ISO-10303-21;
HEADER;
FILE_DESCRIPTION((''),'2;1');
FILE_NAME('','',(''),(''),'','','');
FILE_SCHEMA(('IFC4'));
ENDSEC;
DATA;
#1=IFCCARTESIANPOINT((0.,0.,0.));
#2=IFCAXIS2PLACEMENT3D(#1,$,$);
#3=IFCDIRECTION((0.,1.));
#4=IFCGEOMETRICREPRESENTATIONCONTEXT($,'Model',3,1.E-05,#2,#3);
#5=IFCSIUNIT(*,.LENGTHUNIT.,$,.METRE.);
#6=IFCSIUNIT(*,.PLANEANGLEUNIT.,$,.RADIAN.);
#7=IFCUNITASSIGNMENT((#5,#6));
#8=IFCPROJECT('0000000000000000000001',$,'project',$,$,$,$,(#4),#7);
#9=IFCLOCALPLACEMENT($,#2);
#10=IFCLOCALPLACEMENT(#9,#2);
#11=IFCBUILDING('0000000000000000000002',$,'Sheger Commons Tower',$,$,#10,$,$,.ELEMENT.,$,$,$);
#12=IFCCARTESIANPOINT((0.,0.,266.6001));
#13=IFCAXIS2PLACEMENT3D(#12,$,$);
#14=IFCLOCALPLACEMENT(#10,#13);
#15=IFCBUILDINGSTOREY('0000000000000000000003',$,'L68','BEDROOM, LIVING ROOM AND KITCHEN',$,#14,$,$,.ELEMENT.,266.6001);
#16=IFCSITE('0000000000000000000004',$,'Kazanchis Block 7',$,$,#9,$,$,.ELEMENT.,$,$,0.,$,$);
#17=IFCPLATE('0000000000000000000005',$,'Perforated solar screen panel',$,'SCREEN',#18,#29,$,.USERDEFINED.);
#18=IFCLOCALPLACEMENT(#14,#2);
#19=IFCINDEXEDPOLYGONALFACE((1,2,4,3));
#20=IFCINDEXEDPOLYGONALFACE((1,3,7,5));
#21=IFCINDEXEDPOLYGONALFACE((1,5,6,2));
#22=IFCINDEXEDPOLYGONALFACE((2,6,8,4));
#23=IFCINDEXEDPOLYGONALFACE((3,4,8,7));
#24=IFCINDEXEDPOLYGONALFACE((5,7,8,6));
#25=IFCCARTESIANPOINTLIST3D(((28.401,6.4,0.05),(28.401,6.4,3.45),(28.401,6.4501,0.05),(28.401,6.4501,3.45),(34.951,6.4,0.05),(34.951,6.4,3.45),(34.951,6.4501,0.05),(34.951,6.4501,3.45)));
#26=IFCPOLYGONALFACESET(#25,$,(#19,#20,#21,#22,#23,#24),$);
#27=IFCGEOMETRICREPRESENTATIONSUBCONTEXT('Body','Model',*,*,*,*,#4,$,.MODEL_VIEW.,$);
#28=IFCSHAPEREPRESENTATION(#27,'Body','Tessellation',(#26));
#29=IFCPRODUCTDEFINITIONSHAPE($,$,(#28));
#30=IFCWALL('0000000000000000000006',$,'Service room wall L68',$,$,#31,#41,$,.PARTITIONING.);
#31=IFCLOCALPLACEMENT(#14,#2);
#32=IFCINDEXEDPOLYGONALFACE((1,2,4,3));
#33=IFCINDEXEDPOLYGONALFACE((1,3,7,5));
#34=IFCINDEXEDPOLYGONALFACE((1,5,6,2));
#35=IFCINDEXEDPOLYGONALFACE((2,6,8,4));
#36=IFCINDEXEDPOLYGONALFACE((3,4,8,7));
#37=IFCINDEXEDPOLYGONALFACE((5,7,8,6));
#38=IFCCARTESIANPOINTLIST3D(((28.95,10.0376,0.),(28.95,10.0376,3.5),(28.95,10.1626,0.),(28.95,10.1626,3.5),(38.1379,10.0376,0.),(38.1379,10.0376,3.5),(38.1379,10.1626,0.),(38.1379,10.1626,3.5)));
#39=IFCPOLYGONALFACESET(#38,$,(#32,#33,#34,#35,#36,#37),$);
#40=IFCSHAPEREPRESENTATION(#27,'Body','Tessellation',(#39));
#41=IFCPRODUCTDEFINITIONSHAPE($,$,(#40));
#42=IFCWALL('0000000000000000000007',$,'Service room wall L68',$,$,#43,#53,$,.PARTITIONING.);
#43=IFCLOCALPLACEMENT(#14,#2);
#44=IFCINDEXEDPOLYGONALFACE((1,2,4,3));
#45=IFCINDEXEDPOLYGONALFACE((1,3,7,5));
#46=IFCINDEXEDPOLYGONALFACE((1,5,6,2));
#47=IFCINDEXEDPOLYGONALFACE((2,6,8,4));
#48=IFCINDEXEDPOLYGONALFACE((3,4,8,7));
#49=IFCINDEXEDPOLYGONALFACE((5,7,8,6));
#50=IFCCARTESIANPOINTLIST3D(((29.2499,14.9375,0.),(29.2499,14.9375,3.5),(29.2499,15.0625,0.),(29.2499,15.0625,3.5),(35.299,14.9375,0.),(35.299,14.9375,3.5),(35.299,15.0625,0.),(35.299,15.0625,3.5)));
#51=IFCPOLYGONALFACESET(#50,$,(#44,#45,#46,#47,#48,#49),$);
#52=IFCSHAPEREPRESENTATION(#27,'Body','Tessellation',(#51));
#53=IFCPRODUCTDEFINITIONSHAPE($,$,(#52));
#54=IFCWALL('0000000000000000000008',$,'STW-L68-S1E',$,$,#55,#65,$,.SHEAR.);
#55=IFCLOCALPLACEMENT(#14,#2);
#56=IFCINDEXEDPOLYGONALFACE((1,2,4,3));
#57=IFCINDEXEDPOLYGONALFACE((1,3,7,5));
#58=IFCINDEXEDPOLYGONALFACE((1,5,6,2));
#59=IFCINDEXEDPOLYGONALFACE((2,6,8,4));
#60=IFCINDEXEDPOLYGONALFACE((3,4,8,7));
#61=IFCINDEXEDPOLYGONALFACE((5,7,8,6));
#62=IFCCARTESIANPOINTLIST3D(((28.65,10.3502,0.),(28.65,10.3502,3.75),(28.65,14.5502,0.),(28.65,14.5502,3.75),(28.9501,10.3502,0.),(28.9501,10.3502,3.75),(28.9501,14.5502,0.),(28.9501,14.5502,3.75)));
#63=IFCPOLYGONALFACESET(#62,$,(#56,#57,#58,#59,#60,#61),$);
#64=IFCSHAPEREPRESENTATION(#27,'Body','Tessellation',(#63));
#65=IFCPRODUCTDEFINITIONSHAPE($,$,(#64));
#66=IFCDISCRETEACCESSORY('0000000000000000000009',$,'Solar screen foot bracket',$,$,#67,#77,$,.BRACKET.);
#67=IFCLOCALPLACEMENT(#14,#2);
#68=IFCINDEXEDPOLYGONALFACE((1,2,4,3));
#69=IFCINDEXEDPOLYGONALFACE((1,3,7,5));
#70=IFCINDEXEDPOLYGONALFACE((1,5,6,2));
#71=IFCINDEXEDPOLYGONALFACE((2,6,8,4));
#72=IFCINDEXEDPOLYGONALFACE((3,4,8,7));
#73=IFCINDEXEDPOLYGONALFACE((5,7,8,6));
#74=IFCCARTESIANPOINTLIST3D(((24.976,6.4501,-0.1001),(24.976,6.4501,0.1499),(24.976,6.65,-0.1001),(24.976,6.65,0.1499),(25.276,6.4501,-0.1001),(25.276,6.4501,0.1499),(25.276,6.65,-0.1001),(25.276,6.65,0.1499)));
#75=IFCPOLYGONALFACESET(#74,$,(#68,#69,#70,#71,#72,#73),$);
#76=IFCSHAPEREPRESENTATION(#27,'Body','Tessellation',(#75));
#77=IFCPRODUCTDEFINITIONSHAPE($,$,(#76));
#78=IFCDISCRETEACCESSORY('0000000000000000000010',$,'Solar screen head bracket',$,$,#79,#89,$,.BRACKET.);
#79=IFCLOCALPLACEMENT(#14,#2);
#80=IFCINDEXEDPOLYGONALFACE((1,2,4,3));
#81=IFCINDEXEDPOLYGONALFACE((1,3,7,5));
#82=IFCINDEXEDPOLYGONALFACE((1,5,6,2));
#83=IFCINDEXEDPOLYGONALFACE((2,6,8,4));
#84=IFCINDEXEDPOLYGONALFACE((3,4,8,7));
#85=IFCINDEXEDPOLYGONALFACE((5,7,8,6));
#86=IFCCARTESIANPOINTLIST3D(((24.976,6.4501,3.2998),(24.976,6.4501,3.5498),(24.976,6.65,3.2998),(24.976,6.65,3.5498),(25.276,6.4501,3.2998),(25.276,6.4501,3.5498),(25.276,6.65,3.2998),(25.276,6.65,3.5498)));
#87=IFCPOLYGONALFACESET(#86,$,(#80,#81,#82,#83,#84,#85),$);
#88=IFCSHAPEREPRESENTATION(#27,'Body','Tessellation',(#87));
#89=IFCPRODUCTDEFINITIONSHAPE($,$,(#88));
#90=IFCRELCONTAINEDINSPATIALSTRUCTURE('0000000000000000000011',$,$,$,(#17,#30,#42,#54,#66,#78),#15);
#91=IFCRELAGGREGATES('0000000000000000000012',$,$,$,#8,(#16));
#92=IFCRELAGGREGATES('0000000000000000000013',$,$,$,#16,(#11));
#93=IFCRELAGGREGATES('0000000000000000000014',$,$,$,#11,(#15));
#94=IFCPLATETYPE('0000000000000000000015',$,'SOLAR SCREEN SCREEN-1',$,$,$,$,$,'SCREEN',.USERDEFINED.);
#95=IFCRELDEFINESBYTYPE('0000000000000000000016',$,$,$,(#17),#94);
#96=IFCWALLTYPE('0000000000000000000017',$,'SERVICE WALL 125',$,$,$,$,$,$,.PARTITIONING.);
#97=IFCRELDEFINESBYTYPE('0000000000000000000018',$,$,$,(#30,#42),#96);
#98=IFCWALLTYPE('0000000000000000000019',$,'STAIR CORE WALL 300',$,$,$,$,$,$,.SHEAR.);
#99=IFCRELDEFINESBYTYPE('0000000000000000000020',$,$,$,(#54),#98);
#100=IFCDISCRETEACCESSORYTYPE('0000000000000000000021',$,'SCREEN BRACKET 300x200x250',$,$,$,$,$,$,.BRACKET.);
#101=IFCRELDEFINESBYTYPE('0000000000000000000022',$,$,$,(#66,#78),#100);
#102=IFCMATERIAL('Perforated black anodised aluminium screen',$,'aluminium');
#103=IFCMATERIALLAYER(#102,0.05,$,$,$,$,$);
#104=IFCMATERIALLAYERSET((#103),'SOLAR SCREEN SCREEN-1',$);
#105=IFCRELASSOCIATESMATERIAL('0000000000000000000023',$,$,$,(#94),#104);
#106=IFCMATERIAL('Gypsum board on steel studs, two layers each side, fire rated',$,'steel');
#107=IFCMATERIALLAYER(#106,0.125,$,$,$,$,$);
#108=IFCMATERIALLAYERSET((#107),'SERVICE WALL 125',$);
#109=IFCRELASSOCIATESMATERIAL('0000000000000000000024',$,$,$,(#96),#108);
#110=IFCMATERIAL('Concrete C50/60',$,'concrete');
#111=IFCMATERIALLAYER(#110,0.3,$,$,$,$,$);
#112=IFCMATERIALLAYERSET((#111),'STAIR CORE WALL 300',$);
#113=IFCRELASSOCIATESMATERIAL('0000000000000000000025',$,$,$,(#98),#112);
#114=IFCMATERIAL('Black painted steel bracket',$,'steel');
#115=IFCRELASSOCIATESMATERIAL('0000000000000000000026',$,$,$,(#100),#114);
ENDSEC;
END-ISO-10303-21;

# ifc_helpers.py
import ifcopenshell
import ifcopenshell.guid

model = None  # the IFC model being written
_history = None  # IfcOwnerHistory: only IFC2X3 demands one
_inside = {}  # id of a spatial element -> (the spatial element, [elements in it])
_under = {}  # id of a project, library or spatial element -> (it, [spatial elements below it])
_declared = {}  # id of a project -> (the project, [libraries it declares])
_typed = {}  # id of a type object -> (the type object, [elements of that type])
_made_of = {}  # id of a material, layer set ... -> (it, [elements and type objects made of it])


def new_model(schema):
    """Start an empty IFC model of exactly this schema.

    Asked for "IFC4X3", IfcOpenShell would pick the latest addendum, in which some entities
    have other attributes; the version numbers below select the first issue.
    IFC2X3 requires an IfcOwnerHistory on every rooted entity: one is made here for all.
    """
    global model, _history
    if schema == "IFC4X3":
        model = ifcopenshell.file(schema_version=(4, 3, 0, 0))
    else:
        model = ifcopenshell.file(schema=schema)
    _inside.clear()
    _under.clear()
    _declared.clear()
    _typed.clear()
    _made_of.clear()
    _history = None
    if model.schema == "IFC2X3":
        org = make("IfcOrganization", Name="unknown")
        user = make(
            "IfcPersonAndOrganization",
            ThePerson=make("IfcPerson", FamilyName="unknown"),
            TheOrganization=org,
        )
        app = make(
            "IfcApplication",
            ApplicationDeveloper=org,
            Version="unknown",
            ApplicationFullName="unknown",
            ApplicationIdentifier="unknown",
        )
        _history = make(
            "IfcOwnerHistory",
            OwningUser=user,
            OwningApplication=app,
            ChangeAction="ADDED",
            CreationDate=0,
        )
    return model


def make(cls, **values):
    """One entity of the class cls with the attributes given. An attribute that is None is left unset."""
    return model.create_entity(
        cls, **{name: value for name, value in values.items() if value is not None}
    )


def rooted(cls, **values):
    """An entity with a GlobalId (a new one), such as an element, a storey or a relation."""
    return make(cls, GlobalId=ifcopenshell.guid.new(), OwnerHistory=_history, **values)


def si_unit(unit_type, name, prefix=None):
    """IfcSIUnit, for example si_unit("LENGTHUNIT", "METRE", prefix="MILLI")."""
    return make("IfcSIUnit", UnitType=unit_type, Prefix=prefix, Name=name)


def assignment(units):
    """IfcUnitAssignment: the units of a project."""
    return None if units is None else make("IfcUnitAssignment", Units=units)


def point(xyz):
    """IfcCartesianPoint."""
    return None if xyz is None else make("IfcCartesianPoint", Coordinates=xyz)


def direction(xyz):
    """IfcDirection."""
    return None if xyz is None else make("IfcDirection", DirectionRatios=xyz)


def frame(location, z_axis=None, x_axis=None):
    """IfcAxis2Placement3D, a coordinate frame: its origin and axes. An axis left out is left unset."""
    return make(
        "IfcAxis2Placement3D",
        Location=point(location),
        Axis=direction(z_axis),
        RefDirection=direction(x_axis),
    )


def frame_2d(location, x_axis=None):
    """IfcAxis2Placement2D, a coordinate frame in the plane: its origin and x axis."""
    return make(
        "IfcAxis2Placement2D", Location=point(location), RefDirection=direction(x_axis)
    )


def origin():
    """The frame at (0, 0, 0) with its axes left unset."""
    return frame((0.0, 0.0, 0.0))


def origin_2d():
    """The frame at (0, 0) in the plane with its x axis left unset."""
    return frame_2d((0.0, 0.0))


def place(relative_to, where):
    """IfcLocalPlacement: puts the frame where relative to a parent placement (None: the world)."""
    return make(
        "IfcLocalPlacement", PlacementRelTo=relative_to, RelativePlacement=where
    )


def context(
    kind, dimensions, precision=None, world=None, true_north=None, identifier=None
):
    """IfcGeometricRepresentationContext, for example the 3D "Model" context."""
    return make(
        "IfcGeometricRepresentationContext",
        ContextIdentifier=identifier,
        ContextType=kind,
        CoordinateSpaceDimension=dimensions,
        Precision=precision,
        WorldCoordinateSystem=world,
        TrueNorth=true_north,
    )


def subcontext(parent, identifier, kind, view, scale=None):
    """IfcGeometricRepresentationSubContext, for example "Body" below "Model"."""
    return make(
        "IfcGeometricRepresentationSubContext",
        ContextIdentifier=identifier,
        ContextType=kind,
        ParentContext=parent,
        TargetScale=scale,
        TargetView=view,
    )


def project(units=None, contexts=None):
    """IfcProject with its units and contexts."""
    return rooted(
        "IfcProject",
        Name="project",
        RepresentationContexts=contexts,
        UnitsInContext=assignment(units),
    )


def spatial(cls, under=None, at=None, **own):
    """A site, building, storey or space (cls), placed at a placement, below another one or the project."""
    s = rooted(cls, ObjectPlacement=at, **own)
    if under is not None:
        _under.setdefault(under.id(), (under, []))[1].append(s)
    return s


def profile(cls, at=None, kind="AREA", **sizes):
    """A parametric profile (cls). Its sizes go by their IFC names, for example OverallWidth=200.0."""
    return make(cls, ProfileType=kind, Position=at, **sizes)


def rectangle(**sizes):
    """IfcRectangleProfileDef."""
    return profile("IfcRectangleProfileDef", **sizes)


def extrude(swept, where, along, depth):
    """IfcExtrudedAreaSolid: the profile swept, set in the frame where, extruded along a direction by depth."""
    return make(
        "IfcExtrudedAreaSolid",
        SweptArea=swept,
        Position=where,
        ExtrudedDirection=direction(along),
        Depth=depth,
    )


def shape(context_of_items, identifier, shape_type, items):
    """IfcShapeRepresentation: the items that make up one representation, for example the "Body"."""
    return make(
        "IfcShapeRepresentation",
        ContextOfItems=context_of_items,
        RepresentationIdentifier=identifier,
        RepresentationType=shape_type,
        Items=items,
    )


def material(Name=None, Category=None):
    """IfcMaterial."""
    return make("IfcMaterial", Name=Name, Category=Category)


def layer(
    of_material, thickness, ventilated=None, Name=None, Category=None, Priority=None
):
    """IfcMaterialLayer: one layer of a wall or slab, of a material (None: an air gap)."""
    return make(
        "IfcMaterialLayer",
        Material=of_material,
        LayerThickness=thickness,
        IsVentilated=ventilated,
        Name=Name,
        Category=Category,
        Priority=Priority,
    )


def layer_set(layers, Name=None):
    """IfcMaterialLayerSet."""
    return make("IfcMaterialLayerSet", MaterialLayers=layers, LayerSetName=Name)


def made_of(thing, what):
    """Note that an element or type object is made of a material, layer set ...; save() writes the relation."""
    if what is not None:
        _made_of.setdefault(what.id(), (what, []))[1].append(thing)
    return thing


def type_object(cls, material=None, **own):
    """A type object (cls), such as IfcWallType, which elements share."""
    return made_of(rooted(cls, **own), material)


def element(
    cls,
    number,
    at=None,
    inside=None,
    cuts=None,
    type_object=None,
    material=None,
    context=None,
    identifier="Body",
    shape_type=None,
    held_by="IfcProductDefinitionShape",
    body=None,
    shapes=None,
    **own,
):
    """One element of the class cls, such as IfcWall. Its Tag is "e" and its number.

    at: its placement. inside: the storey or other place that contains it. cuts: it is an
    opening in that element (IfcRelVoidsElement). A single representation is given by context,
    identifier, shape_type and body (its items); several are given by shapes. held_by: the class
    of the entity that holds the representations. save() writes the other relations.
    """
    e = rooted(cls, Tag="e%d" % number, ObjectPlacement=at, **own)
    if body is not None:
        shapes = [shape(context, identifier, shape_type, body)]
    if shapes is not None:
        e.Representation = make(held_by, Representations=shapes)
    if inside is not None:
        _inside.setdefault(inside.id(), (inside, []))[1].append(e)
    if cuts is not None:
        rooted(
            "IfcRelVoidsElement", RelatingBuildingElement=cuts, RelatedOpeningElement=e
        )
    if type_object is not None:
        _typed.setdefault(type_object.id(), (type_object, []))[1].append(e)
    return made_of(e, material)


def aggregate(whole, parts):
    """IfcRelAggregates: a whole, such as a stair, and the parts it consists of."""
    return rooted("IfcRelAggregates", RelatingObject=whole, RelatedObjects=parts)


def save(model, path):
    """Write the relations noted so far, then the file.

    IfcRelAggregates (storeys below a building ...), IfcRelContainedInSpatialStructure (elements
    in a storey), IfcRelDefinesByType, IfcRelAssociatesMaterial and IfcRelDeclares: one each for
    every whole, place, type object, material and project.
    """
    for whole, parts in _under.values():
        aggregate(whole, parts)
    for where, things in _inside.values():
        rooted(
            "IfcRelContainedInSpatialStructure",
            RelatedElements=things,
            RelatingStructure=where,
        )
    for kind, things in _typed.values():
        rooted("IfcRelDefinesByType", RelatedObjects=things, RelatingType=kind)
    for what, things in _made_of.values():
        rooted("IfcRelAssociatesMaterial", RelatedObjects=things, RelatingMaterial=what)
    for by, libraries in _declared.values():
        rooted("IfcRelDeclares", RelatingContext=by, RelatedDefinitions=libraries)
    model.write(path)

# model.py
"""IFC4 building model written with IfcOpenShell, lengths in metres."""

from ifc_helpers import new_model, si_unit, direction, frame, frame_2d, origin, origin_2d, place, context, subcontext, project, spatial, rectangle, extrude, material, layer, layer_set, type_object, element, save


model = new_model("IFC4")

# Units and contexts
model_context = context("Model", 3, precision=1e-05, world=origin(), true_north=direction((0.0, 1.0)))
body_context = subcontext(model_context, "Body", "Model", "MODEL_VIEW")
ifc_project = project(units=[si_unit("LENGTHUNIT", "METRE"), si_unit("PLANEANGLEUNIT", "RADIAN")], contexts=[model_context])

# Site, building, storey
site_placement = place(None, origin())
site = spatial("IfcSite", under=ifc_project, at=site_placement, Name="Kazanchis Block 7", CompositionType="ELEMENT", RefElevation=0.0)
building_placement = place(site_placement, origin())
building = spatial("IfcBuilding", under=site, at=building_placement, Name="Sheger Commons Tower", CompositionType="ELEMENT")
storey_placement = place(building_placement, frame((0.0, 0.0, 266.6001)))
storey = spatial("IfcBuildingStorey", under=building, at=storey_placement, Name="L68", Description="BEDROOM, LIVING ROOM AND KITCHEN", CompositionType="ELEMENT", Elevation=266.6001)

# Plate
ifc_material_1 = material(Name="Perforated black anodised aluminium screen", Category="aluminium")
ifc_layer_1 = layer(ifc_material_1, 0.05)
ifc_layer_set_1 = layer_set([ifc_layer_1], Name="SOLAR SCREEN SCREEN-1")
plate_type_1 = type_object("IfcPlateType", Name="SOLAR SCREEN SCREEN-1", ElementType="SCREEN", PredefinedType="USERDEFINED", material=ifc_layer_set_1)
for number, where, z_axis, x_axis, name in (
    (1, (31.676, 6.425, 0.05), (0.0, 0.0, 1.0), (1.0, 0.0, 0.0), "Perforated solar screen panel"),
):
    element("IfcPlate", number, at=place(storey_placement, frame(where, z_axis=z_axis, x_axis=x_axis)), inside=storey, type_object=plate_type_1, Name=name, ObjectType="SCREEN", PredefinedType="USERDEFINED", context=body_context, shape_type="SweptSolid", body=[
        extrude(rectangle(XDim=6.55, YDim=0.05, at=origin_2d()), origin(), (0.0, 0.0, 1.0), 3.3999),
    ])

# Walls
ifc_material_2 = material(Name="Gypsum board on steel studs, two layers each side, fire rated", Category="steel")
ifc_layer_2 = layer(ifc_material_2, 0.125)
ifc_layer_set_2 = layer_set([ifc_layer_2], Name="SERVICE WALL 125")
wall_type_1 = type_object("IfcWallType", Name="SERVICE WALL 125", PredefinedType="PARTITIONING", material=ifc_layer_set_2)
wall_1_placement = place(storey_placement, frame((28.95, 10.1001, 0.0), z_axis=(0.0, 0.0, 1.0), x_axis=(1.0, 0.0, 0.0)))
element("IfcWall", 2, at=wall_1_placement, inside=storey, type_object=wall_type_1, Name="Service room wall L68", PredefinedType="PARTITIONING", context=body_context, shape_type="SweptSolid", body=[
    extrude(rectangle(XDim=9.188, YDim=0.125, at=frame_2d((4.594, 0.0))), origin(), (0.0, 0.0, 1.0), 3.5),
])
wall_2_placement = place(storey_placement, frame((29.25, 15.0, 0.0), z_axis=(0.0, 0.0, 1.0), x_axis=(1.0, 0.0, 0.0)))
element("IfcWall", 3, at=wall_2_placement, inside=storey, type_object=wall_type_1, Name="Service room wall L68", PredefinedType="PARTITIONING", context=body_context, shape_type="SweptSolid", body=[
    extrude(rectangle(XDim=6.0491, YDim=0.125, at=frame_2d((3.0244, 0.0))), origin(), (0.0, 0.0, 1.0), 3.5),
])
ifc_material_3 = material(Name="Concrete C50/60", Category="concrete")
ifc_layer_3 = layer(ifc_material_3, 0.3)
ifc_layer_set_3 = layer_set([ifc_layer_3], Name="STAIR CORE WALL 300")
wall_type_2 = type_object("IfcWallType", Name="STAIR CORE WALL 300", PredefinedType="SHEAR", material=ifc_layer_set_3)
wall_3_placement = place(storey_placement, frame((28.8, 10.3501, 0.0), z_axis=(0.0, 0.0, 1.0), x_axis=(0.0, 1.0, 0.0)))
element("IfcWall", 4, at=wall_3_placement, inside=storey, type_object=wall_type_2, Name="STW-L68-S1E", PredefinedType="SHEAR", context=body_context, shape_type="SweptSolid", body=[
    extrude(rectangle(XDim=4.2, YDim=0.3, at=frame_2d((2.1001, 0.0))), origin(), (0.0, 0.0, 1.0), 3.75),
])

# Discrete accessories
ifc_material_4 = material(Name="Black painted steel bracket", Category="steel")
discrete_accessory_type = type_object("IfcDiscreteAccessoryType", Name="SCREEN BRACKET 300x200x250", PredefinedType="BRACKET", material=ifc_material_4)
for number, where, z_axis, x_axis, name in (
    (5, (25.126, 6.55, -0.1001), (0.0, 0.0, 1.0), (1.0, 0.0, 0.0), "Solar screen foot bracket"),
    (6, (25.126, 6.55, 3.2998), (0.0, 0.0, 1.0), (1.0, 0.0, 0.0), "Solar screen head bracket"),
):
    element("IfcDiscreteAccessory", number, at=place(storey_placement, frame(where, z_axis=z_axis, x_axis=x_axis)), inside=storey, type_object=discrete_accessory_type, Name=name, PredefinedType="BRACKET", context=body_context, shape_type="SweptSolid", body=[
        extrude(rectangle(XDim=0.3, YDim=0.2, at=origin_2d()), origin(), (0.0, 0.0, 1.0), 0.25),
    ])

save(model, "model.ifc")
